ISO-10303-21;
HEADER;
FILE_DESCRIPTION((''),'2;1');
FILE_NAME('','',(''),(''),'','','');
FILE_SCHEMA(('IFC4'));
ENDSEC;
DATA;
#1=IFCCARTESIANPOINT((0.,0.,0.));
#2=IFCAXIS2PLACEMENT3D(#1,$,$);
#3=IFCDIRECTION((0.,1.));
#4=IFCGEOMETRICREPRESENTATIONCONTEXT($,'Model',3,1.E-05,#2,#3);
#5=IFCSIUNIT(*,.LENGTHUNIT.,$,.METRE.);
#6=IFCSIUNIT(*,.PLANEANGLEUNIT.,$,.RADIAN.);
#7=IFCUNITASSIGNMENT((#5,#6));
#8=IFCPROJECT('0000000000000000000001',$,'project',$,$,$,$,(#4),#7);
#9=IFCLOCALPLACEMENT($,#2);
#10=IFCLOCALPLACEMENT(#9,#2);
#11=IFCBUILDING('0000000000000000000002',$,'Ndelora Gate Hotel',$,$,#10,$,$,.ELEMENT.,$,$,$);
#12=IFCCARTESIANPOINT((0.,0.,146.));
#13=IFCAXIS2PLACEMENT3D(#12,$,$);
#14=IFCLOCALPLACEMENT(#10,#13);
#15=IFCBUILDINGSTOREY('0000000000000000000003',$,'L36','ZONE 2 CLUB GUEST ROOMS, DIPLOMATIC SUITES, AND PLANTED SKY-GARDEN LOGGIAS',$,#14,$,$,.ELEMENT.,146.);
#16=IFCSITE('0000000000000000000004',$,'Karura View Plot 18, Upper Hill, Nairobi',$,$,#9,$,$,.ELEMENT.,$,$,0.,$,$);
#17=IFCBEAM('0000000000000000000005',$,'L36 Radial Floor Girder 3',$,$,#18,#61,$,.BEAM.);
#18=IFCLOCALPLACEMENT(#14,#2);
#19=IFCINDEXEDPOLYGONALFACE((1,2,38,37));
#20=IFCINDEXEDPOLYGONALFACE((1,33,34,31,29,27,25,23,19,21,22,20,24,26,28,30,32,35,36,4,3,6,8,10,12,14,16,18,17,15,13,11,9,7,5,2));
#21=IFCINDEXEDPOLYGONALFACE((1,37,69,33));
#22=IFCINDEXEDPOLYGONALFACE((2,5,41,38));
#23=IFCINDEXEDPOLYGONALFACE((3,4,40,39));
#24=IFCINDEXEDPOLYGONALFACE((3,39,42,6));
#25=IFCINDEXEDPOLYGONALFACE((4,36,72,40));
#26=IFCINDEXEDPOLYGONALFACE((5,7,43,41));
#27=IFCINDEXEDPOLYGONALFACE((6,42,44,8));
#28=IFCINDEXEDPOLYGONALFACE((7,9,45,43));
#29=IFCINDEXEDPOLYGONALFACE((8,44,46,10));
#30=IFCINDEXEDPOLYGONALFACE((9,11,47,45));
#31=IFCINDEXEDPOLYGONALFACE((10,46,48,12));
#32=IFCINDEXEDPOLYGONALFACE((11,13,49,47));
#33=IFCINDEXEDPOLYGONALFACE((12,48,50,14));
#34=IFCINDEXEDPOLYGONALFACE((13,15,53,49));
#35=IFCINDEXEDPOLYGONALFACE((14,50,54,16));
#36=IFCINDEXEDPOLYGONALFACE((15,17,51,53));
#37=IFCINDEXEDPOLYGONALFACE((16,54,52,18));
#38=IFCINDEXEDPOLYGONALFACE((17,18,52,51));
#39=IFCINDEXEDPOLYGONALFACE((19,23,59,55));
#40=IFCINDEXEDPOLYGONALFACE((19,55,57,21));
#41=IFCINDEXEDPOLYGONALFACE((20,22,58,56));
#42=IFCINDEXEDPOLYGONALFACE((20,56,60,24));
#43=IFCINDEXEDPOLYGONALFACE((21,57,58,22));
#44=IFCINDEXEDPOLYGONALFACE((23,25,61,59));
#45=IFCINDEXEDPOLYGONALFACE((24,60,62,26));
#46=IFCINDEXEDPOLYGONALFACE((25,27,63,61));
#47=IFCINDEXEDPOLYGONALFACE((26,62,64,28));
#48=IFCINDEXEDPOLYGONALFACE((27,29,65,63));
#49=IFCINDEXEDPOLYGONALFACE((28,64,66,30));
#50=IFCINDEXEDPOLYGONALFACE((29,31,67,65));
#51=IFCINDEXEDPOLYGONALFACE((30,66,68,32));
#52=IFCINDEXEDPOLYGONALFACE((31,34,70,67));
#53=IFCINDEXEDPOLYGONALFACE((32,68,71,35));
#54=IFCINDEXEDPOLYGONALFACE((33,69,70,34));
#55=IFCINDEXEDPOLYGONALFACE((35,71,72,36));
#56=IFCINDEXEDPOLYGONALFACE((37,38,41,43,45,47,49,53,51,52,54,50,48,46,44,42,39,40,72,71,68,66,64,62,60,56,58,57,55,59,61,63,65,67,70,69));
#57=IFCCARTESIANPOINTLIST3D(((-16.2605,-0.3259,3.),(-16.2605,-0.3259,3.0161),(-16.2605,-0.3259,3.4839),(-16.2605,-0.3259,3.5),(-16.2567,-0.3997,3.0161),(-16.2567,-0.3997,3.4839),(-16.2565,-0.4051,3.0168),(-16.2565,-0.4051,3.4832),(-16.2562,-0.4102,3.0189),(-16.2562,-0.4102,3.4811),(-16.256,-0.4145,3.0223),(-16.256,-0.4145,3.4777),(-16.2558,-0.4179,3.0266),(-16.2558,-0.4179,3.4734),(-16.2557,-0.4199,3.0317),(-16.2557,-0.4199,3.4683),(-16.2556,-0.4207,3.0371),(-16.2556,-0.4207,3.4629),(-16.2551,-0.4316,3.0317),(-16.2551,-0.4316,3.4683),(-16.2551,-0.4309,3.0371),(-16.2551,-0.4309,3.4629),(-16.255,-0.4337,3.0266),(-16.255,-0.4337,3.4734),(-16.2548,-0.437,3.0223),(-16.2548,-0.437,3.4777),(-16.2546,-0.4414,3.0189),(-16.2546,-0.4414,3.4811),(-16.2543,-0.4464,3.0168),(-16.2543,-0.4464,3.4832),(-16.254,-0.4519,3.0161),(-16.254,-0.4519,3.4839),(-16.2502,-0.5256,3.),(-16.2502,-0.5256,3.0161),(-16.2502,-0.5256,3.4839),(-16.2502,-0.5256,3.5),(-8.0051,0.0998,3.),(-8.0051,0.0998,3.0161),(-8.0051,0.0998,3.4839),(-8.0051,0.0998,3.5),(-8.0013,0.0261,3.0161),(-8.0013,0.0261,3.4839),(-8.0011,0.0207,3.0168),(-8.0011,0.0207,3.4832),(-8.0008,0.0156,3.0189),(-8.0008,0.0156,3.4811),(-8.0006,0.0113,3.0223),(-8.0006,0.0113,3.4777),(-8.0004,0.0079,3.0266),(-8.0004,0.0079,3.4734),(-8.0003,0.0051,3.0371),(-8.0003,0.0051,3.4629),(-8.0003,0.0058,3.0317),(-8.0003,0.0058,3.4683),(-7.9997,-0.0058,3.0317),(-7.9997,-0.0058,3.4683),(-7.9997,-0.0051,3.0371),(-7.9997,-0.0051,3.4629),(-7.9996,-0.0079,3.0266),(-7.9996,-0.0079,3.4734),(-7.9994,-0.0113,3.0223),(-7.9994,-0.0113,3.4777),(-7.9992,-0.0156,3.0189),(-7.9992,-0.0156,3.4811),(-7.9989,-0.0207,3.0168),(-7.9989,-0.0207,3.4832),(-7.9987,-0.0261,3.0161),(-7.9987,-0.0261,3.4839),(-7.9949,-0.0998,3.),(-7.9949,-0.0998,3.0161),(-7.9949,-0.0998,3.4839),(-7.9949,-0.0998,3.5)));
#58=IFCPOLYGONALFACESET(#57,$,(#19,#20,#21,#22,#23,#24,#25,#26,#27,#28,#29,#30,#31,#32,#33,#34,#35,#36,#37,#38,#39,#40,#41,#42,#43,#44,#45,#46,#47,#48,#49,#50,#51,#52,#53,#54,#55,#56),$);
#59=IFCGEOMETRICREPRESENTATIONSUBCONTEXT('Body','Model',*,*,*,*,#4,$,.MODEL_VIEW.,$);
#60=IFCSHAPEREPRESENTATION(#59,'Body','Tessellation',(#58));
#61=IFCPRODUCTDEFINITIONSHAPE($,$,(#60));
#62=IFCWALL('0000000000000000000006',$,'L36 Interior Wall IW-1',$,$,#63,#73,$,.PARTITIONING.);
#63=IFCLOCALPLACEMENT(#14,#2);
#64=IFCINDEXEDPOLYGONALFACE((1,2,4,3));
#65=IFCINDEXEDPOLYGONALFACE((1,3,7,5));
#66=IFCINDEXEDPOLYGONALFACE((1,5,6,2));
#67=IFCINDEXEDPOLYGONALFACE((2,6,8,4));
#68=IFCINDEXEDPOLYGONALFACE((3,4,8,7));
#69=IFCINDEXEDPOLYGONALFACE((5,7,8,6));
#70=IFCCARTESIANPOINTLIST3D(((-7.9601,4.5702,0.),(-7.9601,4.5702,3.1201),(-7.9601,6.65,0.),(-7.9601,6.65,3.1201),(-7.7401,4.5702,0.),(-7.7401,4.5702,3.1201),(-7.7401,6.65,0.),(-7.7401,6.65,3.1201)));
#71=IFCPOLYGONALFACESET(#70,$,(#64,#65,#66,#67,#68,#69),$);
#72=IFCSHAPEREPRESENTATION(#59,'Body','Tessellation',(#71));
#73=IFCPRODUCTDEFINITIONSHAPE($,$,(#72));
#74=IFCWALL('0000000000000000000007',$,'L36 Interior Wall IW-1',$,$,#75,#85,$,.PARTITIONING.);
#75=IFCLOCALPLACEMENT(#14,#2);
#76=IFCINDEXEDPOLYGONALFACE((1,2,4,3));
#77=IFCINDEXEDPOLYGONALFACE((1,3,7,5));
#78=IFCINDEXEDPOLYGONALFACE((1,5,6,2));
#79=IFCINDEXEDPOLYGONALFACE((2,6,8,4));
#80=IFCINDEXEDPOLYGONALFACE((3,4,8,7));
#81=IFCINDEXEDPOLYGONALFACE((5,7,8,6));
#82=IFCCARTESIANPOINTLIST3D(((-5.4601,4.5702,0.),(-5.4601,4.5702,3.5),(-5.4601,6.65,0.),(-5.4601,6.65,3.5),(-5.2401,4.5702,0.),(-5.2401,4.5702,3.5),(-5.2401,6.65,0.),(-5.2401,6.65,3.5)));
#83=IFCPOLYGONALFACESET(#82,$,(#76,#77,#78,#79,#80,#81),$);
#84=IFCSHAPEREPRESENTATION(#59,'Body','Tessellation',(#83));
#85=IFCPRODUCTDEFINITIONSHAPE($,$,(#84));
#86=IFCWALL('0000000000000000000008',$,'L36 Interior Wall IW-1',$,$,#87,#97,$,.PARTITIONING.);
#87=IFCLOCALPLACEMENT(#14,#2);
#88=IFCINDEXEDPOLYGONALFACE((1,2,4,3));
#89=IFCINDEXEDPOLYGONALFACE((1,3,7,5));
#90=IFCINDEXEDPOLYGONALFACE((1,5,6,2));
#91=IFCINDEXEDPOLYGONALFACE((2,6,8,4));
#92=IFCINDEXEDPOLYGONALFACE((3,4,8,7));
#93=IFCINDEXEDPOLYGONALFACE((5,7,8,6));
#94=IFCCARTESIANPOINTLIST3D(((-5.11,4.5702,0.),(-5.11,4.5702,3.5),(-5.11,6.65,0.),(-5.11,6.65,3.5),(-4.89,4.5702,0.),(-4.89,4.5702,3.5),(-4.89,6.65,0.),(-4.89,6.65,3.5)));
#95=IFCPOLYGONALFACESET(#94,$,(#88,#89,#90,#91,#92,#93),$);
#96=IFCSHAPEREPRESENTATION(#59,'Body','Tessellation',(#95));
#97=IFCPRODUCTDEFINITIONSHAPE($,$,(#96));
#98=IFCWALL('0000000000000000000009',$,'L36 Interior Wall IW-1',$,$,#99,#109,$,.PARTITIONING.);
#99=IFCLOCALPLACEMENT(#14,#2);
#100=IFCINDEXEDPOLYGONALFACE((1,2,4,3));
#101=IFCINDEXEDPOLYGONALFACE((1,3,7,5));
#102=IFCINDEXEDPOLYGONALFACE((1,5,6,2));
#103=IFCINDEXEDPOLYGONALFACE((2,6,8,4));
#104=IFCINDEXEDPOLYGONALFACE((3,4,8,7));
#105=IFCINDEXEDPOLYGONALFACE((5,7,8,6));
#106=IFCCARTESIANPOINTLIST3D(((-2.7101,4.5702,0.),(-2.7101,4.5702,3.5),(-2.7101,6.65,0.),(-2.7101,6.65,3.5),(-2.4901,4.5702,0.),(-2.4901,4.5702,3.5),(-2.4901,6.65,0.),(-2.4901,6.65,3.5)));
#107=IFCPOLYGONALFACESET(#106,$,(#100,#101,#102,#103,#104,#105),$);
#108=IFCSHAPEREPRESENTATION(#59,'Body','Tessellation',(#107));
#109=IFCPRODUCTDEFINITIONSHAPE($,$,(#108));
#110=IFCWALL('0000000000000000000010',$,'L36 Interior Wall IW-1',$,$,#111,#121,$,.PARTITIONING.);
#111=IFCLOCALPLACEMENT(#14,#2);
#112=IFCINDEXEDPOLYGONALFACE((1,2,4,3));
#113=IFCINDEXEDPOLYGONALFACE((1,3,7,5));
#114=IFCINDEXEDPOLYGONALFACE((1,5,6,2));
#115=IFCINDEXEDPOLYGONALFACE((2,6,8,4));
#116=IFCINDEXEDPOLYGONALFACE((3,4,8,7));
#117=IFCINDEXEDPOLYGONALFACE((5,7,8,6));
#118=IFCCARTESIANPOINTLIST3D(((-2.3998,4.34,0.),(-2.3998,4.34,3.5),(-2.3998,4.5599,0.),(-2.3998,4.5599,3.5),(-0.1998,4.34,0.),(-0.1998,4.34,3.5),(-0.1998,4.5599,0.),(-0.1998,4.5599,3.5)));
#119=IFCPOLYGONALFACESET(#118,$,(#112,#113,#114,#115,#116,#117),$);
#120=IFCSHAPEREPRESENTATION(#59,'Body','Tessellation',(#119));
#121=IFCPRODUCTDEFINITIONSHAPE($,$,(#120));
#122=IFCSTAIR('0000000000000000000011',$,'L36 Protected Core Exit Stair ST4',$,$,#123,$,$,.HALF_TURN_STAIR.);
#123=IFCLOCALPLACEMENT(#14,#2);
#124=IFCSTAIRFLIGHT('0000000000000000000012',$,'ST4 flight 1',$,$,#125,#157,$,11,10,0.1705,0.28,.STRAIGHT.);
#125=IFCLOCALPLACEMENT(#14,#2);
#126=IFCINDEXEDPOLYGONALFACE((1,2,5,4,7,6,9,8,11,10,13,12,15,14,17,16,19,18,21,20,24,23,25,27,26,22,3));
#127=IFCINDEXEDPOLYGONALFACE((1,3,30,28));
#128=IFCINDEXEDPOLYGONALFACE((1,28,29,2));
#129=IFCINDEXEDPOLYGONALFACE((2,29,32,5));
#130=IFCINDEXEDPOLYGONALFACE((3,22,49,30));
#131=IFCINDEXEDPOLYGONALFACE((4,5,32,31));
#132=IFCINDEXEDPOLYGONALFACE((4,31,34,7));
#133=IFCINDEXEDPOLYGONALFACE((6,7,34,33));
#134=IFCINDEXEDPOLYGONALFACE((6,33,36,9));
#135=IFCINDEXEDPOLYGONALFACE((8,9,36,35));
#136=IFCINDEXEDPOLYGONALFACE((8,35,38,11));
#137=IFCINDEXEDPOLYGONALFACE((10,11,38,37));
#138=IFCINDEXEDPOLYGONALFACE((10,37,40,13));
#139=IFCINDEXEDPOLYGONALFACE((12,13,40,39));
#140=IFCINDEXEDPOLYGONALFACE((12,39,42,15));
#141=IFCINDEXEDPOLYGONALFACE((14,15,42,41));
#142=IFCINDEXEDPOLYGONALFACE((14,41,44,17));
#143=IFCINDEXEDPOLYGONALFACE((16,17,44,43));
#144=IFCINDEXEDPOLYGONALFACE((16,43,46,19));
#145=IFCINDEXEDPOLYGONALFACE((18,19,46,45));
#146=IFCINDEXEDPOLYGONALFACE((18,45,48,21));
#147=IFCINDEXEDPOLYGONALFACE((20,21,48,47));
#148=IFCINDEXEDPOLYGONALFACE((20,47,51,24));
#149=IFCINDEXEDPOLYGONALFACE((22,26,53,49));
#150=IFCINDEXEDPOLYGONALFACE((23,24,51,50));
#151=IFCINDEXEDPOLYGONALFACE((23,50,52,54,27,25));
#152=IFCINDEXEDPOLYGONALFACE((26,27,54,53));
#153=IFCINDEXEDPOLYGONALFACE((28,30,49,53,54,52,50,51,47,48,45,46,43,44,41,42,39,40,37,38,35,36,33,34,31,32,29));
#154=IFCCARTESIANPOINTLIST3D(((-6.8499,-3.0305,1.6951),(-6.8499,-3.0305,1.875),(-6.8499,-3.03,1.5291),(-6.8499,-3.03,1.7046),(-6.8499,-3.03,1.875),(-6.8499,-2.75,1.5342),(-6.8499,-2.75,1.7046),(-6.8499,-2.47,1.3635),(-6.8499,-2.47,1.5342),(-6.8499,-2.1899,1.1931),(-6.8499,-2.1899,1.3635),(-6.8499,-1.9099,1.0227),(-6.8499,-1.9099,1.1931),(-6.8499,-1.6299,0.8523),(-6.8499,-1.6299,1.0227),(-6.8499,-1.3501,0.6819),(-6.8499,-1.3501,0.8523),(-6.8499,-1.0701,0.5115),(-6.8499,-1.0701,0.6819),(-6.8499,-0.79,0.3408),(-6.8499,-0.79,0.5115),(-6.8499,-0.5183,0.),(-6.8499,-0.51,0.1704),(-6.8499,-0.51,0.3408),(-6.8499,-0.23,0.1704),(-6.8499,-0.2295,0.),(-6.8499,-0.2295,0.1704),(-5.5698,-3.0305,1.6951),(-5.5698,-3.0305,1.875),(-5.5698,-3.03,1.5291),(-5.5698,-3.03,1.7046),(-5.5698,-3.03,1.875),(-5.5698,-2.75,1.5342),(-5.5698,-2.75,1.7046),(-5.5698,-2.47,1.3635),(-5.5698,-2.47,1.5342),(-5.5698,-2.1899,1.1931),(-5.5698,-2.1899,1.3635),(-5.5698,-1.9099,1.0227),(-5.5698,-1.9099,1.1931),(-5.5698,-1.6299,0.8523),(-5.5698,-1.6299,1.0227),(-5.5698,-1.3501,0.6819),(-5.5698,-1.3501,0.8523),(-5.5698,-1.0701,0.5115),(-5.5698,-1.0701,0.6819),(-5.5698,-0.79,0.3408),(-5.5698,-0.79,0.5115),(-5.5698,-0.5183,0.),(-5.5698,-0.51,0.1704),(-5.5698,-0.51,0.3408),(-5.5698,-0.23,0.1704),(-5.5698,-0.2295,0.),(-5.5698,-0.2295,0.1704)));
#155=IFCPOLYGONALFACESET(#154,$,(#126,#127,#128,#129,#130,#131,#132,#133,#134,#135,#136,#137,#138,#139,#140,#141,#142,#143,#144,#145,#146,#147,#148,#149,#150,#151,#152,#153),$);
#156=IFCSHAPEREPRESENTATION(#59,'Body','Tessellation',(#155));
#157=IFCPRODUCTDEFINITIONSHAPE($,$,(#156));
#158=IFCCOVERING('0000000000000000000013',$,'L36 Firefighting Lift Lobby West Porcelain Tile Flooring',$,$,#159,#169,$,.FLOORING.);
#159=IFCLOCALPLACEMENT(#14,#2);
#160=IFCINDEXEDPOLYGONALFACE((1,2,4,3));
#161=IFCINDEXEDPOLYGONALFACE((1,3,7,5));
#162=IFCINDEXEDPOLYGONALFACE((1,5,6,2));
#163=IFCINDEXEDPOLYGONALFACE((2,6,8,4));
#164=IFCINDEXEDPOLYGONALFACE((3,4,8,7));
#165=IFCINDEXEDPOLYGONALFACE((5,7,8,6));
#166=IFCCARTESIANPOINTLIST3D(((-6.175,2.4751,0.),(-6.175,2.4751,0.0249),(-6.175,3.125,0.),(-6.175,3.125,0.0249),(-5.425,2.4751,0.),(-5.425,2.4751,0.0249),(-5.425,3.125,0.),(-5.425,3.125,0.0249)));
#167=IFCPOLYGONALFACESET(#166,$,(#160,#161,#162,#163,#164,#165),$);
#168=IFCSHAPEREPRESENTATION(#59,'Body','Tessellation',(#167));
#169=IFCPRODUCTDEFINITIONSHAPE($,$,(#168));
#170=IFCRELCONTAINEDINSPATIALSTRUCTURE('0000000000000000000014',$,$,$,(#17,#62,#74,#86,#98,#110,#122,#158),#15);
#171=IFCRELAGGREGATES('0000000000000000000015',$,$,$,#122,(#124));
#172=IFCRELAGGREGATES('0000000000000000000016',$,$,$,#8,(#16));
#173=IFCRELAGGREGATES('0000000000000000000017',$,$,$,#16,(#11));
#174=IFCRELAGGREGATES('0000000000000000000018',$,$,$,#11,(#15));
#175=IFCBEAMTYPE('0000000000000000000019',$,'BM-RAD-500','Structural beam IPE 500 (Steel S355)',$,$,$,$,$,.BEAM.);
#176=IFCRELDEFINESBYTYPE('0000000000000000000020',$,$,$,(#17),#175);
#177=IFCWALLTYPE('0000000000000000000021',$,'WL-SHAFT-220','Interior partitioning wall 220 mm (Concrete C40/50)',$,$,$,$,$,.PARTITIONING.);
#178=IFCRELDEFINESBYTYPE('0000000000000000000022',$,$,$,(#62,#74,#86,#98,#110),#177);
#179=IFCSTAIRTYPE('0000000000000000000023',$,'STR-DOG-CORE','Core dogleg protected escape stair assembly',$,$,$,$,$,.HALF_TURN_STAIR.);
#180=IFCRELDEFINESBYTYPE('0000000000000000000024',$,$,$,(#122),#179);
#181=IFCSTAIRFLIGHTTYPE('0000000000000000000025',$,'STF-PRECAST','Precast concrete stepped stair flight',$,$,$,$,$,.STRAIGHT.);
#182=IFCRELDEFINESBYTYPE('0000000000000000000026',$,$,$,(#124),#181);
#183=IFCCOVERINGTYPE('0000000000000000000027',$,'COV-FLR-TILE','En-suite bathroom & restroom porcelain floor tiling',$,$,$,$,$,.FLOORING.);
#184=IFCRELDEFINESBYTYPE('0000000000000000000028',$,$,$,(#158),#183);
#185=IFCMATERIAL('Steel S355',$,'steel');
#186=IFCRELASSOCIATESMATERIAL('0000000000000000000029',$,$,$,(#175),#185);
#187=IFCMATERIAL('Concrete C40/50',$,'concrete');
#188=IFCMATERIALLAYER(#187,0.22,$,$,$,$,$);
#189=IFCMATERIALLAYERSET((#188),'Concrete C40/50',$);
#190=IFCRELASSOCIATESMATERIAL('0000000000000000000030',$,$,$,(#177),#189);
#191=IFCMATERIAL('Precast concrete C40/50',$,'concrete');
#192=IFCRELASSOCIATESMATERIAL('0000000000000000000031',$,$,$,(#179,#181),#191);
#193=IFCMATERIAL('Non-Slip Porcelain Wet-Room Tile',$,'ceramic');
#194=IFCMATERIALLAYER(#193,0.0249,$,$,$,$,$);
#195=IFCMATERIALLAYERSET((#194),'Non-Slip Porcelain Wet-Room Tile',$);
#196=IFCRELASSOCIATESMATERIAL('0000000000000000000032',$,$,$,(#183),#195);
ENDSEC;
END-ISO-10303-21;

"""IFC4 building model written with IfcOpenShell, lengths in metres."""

from ifc_helpers import new_model, si_unit, direction, frame, frame_2d, origin, origin_2d, place, context, subcontext, project, spatial, polyline, rectangle, i_section, outline, extrude, material, layer, layer_set, material_profile, profile_set, type_object, element, aggregate, save


model = new_model("IFC4")

# Units and contexts
model_context = context("Model", 3, precision=1e-05, world=origin(), true_north=direction((0.0, 1.0)))
body_context = subcontext(model_context, "Body", "Model", "MODEL_VIEW")
ifc_project = project(units=[si_unit("LENGTHUNIT", "METRE"), si_unit("PLANEANGLEUNIT", "RADIAN")], contexts=[model_context])

# Site, building, storey
site_placement = place(None, origin())
site = spatial("IfcSite", under=ifc_project, at=site_placement, Name="Karura View Plot 18, Upper Hill, Nairobi", CompositionType="ELEMENT", RefElevation=0.0)
building_placement = place(site_placement, origin())
building = spatial("IfcBuilding", under=site, at=building_placement, Name="Ndelora Gate Hotel", CompositionType="ELEMENT")
storey_placement = place(building_placement, frame((0.0, 0.0, 146.0)))
storey = spatial("IfcBuildingStorey", under=building, at=storey_placement, Name="L36", Description="ZONE 2 CLUB GUEST ROOMS, DIPLOMATIC SUITES, AND PLANTED SKY-GARDEN LOGGIAS", CompositionType="ELEMENT", Elevation=146.0)

# Beam
ifc_material_1 = material(Name="Steel S355", Category="steel")
ifc_material_profile = material_profile(ifc_material_1, i_section(OverallWidth=0.2, OverallDepth=0.5, WebThickness=0.0103, FlangeThickness=0.0161, FilletRadius=0.021, at=origin_2d()), Name="IPE 500")
ifc_profile_set = profile_set([ifc_material_profile], Name="Steel S355")
beam_type = type_object("IfcBeamType", Name="BM-RAD-500", Description="Structural beam IPE 500 (Steel S355)", PredefinedType="BEAM", material=ifc_profile_set)
beam_placement = place(storey_placement, frame((-8.0, 0.0, 3.25), z_axis=(-0.998673, -0.051508, 0.0), x_axis=(0.051508, -0.998673, 0.0)))
element("IfcBeam", 1, at=beam_placement, inside=storey, type_object=beam_type, Name="L36 Radial Floor Girder 3", PredefinedType="BEAM", context=body_context, shape_type="SweptSolid", body=[
    extrude(i_section(OverallWidth=0.2, OverallDepth=0.5, WebThickness=0.0103, FlangeThickness=0.0161, FilletRadius=0.021, at=origin_2d()), origin(), (0.0, 0.0, 1.0), 8.2664),
])

# Shared definitions
ifc_material_2 = material(Name="Concrete C40/50", Category="concrete")
ifc_layer_1 = layer(ifc_material_2, 0.22)
ifc_layer_set_1 = layer_set([ifc_layer_1], Name="Concrete C40/50")
wall_type_1 = type_object("IfcWallType", Name="WL-SHAFT-220", Description="Interior partitioning wall 220 mm (Concrete C40/50)", PredefinedType="PARTITIONING", material=ifc_layer_set_1)

# Walls
wall_1_placement = place(storey_placement, frame((-7.8501, 4.5701, 0.0), z_axis=(0.0, 0.0, 1.0), x_axis=(0.0, 1.0, 0.0)))
element("IfcWall", 2, at=wall_1_placement, inside=storey, type_object=wall_type_1, Name="L36 Interior Wall IW-1", PredefinedType="PARTITIONING", context=body_context, shape_type="SweptSolid", body=[
    extrude(rectangle(XDim=2.0798, YDim=0.22, at=frame_2d((1.04, 0.0))), origin(), (0.0, 0.0, 1.0), 3.1201),
])
wall_2_placement = place(storey_placement, frame((-5.3501, 4.5701, 0.0), z_axis=(0.0, 0.0, 1.0), x_axis=(0.0, 1.0, 0.0)))
element("IfcWall", 3, at=wall_2_placement, inside=storey, type_object=wall_type_1, Name="L36 Interior Wall IW-1", PredefinedType="PARTITIONING", context=body_context, shape_type="SweptSolid", body=[
    extrude(rectangle(XDim=2.0798, YDim=0.22, at=frame_2d((1.04, 0.0))), origin(), (0.0, 0.0, 1.0), 3.5),
])

# Walls
for number, where, z_axis, x_axis, name in (
    (4, (-5.0, 4.5701, 0.0), (0.0, 0.0, 1.0), (0.0, 1.0, 0.0), "L36 Interior Wall IW-1"),
    (5, (-2.6001, 4.5701, 0.0), (0.0, 0.0, 1.0), (0.0, 1.0, 0.0), "L36 Interior Wall IW-1"),
):
    element("IfcWall", number, at=place(storey_placement, frame(where, z_axis=z_axis, x_axis=x_axis)), inside=storey, type_object=wall_type_1, Name=name, PredefinedType="PARTITIONING", context=body_context, shape_type="SweptSolid", body=[
        extrude(rectangle(XDim=2.0798, YDim=0.22, at=frame_2d((1.04, 0.0))), origin(), (0.0, 0.0, 1.0), 3.5),
    ])
wall_3_placement = place(storey_placement, frame((-2.3999, 4.45, 0.0), z_axis=(0.0, 0.0, 1.0), x_axis=(1.0, 0.0, 0.0)))
element("IfcWall", 6, at=wall_3_placement, inside=storey, type_object=wall_type_1, Name="L36 Interior Wall IW-1", PredefinedType="PARTITIONING", context=body_context, shape_type="SweptSolid", body=[
    extrude(rectangle(XDim=2.2, YDim=0.22, at=frame_2d((1.1001, 0.0))), origin(), (0.0, 0.0, 1.0), 3.5),
])

# Stair, stair flight
ifc_material_3 = material(Name="Precast concrete C40/50", Category="concrete")
stair_type = type_object("IfcStairType", Name="STR-DOG-CORE", Description="Core dogleg protected escape stair assembly", PredefinedType="HALF_TURN_STAIR", material=ifc_material_3)
stair_placement = place(storey_placement, origin())
stair = element("IfcStair", 7, at=stair_placement, inside=storey, type_object=stair_type, Name="L36 Protected Core Exit Stair ST4", PredefinedType="HALF_TURN_STAIR")
stair_flight_type = type_object("IfcStairFlightType", Name="STF-PRECAST", Description="Precast concrete stepped stair flight", PredefinedType="STRAIGHT", material=ifc_material_3)
stair_flight_placement = place(storey_placement, frame((-6.21, -0.23, 0.0), z_axis=(0.0, 0.0, 1.0), x_axis=(0.0, -1.0, 0.0)))
stair_flight = element("IfcStairFlight", 8, at=stair_flight_placement, type_object=stair_flight_type, Name="ST4 flight 1", NumberOfRisers=11, NumberOfTreads=10, PredefinedType="STRAIGHT", RiserHeight=0.1705, TreadLength=0.28, context=body_context, shape_type="SweptSolid", body=[
    extrude(outline(polyline([(-0.0005, 0.0), (-0.0005, 0.1704), (0.0, 0.1704), (0.28, 0.1704), (0.28, 0.3408), (0.5601, 0.3408), (0.5601, 0.5115), (0.8401, 0.5115), (0.8401, 0.6819), (1.1201, 0.6819), (1.1201, 0.8523), (1.3999, 0.8523), (1.3999, 1.0227), (1.6799, 1.0227), (1.6799, 1.1931), (1.96, 1.1931), (1.96, 1.3635), (2.24, 1.3635), (2.24, 1.5342), (2.52, 1.5342), (2.52, 1.7046), (2.8, 1.7046), (2.8, 1.875), (2.8005, 1.875), (2.8005, 1.6951), (2.8, 1.5291), (0.2883, 0.0), (-0.0005, 0.0)])), frame((0.0, 0.6401, 0.0), z_axis=(0.0, -1.0, 0.0), x_axis=(1.0, 0.0, 0.0)), (0.0, 0.0, 1.0), 1.28),
])
aggregate(stair, [stair_flight])

# Covering
ifc_material_4 = material(Name="Non-Slip Porcelain Wet-Room Tile", Category="ceramic")
ifc_layer_2 = layer(ifc_material_4, 0.0249)
ifc_layer_set_2 = layer_set([ifc_layer_2], Name="Non-Slip Porcelain Wet-Room Tile")
covering_type = type_object("IfcCoveringType", Name="COV-FLR-TILE", Description="En-suite bathroom & restroom porcelain floor tiling", PredefinedType="FLOORING", material=ifc_layer_set_2)
covering_placement = place(storey_placement, frame((-5.8, 2.8, 0.0), z_axis=(0.0, 0.0, 1.0), x_axis=(1.0, 0.0, 0.0)))
element("IfcCovering", 9, at=covering_placement, inside=storey, type_object=covering_type, Name="L36 Firefighting Lift Lobby West Porcelain Tile Flooring", PredefinedType="FLOORING", context=body_context, shape_type="SweptSolid", body=[
    extrude(rectangle(XDim=0.75, YDim=0.6499, at=origin_2d()), origin(), (0.0, 0.0, 1.0), 0.0249),
])

save(model, "model.ifc")
